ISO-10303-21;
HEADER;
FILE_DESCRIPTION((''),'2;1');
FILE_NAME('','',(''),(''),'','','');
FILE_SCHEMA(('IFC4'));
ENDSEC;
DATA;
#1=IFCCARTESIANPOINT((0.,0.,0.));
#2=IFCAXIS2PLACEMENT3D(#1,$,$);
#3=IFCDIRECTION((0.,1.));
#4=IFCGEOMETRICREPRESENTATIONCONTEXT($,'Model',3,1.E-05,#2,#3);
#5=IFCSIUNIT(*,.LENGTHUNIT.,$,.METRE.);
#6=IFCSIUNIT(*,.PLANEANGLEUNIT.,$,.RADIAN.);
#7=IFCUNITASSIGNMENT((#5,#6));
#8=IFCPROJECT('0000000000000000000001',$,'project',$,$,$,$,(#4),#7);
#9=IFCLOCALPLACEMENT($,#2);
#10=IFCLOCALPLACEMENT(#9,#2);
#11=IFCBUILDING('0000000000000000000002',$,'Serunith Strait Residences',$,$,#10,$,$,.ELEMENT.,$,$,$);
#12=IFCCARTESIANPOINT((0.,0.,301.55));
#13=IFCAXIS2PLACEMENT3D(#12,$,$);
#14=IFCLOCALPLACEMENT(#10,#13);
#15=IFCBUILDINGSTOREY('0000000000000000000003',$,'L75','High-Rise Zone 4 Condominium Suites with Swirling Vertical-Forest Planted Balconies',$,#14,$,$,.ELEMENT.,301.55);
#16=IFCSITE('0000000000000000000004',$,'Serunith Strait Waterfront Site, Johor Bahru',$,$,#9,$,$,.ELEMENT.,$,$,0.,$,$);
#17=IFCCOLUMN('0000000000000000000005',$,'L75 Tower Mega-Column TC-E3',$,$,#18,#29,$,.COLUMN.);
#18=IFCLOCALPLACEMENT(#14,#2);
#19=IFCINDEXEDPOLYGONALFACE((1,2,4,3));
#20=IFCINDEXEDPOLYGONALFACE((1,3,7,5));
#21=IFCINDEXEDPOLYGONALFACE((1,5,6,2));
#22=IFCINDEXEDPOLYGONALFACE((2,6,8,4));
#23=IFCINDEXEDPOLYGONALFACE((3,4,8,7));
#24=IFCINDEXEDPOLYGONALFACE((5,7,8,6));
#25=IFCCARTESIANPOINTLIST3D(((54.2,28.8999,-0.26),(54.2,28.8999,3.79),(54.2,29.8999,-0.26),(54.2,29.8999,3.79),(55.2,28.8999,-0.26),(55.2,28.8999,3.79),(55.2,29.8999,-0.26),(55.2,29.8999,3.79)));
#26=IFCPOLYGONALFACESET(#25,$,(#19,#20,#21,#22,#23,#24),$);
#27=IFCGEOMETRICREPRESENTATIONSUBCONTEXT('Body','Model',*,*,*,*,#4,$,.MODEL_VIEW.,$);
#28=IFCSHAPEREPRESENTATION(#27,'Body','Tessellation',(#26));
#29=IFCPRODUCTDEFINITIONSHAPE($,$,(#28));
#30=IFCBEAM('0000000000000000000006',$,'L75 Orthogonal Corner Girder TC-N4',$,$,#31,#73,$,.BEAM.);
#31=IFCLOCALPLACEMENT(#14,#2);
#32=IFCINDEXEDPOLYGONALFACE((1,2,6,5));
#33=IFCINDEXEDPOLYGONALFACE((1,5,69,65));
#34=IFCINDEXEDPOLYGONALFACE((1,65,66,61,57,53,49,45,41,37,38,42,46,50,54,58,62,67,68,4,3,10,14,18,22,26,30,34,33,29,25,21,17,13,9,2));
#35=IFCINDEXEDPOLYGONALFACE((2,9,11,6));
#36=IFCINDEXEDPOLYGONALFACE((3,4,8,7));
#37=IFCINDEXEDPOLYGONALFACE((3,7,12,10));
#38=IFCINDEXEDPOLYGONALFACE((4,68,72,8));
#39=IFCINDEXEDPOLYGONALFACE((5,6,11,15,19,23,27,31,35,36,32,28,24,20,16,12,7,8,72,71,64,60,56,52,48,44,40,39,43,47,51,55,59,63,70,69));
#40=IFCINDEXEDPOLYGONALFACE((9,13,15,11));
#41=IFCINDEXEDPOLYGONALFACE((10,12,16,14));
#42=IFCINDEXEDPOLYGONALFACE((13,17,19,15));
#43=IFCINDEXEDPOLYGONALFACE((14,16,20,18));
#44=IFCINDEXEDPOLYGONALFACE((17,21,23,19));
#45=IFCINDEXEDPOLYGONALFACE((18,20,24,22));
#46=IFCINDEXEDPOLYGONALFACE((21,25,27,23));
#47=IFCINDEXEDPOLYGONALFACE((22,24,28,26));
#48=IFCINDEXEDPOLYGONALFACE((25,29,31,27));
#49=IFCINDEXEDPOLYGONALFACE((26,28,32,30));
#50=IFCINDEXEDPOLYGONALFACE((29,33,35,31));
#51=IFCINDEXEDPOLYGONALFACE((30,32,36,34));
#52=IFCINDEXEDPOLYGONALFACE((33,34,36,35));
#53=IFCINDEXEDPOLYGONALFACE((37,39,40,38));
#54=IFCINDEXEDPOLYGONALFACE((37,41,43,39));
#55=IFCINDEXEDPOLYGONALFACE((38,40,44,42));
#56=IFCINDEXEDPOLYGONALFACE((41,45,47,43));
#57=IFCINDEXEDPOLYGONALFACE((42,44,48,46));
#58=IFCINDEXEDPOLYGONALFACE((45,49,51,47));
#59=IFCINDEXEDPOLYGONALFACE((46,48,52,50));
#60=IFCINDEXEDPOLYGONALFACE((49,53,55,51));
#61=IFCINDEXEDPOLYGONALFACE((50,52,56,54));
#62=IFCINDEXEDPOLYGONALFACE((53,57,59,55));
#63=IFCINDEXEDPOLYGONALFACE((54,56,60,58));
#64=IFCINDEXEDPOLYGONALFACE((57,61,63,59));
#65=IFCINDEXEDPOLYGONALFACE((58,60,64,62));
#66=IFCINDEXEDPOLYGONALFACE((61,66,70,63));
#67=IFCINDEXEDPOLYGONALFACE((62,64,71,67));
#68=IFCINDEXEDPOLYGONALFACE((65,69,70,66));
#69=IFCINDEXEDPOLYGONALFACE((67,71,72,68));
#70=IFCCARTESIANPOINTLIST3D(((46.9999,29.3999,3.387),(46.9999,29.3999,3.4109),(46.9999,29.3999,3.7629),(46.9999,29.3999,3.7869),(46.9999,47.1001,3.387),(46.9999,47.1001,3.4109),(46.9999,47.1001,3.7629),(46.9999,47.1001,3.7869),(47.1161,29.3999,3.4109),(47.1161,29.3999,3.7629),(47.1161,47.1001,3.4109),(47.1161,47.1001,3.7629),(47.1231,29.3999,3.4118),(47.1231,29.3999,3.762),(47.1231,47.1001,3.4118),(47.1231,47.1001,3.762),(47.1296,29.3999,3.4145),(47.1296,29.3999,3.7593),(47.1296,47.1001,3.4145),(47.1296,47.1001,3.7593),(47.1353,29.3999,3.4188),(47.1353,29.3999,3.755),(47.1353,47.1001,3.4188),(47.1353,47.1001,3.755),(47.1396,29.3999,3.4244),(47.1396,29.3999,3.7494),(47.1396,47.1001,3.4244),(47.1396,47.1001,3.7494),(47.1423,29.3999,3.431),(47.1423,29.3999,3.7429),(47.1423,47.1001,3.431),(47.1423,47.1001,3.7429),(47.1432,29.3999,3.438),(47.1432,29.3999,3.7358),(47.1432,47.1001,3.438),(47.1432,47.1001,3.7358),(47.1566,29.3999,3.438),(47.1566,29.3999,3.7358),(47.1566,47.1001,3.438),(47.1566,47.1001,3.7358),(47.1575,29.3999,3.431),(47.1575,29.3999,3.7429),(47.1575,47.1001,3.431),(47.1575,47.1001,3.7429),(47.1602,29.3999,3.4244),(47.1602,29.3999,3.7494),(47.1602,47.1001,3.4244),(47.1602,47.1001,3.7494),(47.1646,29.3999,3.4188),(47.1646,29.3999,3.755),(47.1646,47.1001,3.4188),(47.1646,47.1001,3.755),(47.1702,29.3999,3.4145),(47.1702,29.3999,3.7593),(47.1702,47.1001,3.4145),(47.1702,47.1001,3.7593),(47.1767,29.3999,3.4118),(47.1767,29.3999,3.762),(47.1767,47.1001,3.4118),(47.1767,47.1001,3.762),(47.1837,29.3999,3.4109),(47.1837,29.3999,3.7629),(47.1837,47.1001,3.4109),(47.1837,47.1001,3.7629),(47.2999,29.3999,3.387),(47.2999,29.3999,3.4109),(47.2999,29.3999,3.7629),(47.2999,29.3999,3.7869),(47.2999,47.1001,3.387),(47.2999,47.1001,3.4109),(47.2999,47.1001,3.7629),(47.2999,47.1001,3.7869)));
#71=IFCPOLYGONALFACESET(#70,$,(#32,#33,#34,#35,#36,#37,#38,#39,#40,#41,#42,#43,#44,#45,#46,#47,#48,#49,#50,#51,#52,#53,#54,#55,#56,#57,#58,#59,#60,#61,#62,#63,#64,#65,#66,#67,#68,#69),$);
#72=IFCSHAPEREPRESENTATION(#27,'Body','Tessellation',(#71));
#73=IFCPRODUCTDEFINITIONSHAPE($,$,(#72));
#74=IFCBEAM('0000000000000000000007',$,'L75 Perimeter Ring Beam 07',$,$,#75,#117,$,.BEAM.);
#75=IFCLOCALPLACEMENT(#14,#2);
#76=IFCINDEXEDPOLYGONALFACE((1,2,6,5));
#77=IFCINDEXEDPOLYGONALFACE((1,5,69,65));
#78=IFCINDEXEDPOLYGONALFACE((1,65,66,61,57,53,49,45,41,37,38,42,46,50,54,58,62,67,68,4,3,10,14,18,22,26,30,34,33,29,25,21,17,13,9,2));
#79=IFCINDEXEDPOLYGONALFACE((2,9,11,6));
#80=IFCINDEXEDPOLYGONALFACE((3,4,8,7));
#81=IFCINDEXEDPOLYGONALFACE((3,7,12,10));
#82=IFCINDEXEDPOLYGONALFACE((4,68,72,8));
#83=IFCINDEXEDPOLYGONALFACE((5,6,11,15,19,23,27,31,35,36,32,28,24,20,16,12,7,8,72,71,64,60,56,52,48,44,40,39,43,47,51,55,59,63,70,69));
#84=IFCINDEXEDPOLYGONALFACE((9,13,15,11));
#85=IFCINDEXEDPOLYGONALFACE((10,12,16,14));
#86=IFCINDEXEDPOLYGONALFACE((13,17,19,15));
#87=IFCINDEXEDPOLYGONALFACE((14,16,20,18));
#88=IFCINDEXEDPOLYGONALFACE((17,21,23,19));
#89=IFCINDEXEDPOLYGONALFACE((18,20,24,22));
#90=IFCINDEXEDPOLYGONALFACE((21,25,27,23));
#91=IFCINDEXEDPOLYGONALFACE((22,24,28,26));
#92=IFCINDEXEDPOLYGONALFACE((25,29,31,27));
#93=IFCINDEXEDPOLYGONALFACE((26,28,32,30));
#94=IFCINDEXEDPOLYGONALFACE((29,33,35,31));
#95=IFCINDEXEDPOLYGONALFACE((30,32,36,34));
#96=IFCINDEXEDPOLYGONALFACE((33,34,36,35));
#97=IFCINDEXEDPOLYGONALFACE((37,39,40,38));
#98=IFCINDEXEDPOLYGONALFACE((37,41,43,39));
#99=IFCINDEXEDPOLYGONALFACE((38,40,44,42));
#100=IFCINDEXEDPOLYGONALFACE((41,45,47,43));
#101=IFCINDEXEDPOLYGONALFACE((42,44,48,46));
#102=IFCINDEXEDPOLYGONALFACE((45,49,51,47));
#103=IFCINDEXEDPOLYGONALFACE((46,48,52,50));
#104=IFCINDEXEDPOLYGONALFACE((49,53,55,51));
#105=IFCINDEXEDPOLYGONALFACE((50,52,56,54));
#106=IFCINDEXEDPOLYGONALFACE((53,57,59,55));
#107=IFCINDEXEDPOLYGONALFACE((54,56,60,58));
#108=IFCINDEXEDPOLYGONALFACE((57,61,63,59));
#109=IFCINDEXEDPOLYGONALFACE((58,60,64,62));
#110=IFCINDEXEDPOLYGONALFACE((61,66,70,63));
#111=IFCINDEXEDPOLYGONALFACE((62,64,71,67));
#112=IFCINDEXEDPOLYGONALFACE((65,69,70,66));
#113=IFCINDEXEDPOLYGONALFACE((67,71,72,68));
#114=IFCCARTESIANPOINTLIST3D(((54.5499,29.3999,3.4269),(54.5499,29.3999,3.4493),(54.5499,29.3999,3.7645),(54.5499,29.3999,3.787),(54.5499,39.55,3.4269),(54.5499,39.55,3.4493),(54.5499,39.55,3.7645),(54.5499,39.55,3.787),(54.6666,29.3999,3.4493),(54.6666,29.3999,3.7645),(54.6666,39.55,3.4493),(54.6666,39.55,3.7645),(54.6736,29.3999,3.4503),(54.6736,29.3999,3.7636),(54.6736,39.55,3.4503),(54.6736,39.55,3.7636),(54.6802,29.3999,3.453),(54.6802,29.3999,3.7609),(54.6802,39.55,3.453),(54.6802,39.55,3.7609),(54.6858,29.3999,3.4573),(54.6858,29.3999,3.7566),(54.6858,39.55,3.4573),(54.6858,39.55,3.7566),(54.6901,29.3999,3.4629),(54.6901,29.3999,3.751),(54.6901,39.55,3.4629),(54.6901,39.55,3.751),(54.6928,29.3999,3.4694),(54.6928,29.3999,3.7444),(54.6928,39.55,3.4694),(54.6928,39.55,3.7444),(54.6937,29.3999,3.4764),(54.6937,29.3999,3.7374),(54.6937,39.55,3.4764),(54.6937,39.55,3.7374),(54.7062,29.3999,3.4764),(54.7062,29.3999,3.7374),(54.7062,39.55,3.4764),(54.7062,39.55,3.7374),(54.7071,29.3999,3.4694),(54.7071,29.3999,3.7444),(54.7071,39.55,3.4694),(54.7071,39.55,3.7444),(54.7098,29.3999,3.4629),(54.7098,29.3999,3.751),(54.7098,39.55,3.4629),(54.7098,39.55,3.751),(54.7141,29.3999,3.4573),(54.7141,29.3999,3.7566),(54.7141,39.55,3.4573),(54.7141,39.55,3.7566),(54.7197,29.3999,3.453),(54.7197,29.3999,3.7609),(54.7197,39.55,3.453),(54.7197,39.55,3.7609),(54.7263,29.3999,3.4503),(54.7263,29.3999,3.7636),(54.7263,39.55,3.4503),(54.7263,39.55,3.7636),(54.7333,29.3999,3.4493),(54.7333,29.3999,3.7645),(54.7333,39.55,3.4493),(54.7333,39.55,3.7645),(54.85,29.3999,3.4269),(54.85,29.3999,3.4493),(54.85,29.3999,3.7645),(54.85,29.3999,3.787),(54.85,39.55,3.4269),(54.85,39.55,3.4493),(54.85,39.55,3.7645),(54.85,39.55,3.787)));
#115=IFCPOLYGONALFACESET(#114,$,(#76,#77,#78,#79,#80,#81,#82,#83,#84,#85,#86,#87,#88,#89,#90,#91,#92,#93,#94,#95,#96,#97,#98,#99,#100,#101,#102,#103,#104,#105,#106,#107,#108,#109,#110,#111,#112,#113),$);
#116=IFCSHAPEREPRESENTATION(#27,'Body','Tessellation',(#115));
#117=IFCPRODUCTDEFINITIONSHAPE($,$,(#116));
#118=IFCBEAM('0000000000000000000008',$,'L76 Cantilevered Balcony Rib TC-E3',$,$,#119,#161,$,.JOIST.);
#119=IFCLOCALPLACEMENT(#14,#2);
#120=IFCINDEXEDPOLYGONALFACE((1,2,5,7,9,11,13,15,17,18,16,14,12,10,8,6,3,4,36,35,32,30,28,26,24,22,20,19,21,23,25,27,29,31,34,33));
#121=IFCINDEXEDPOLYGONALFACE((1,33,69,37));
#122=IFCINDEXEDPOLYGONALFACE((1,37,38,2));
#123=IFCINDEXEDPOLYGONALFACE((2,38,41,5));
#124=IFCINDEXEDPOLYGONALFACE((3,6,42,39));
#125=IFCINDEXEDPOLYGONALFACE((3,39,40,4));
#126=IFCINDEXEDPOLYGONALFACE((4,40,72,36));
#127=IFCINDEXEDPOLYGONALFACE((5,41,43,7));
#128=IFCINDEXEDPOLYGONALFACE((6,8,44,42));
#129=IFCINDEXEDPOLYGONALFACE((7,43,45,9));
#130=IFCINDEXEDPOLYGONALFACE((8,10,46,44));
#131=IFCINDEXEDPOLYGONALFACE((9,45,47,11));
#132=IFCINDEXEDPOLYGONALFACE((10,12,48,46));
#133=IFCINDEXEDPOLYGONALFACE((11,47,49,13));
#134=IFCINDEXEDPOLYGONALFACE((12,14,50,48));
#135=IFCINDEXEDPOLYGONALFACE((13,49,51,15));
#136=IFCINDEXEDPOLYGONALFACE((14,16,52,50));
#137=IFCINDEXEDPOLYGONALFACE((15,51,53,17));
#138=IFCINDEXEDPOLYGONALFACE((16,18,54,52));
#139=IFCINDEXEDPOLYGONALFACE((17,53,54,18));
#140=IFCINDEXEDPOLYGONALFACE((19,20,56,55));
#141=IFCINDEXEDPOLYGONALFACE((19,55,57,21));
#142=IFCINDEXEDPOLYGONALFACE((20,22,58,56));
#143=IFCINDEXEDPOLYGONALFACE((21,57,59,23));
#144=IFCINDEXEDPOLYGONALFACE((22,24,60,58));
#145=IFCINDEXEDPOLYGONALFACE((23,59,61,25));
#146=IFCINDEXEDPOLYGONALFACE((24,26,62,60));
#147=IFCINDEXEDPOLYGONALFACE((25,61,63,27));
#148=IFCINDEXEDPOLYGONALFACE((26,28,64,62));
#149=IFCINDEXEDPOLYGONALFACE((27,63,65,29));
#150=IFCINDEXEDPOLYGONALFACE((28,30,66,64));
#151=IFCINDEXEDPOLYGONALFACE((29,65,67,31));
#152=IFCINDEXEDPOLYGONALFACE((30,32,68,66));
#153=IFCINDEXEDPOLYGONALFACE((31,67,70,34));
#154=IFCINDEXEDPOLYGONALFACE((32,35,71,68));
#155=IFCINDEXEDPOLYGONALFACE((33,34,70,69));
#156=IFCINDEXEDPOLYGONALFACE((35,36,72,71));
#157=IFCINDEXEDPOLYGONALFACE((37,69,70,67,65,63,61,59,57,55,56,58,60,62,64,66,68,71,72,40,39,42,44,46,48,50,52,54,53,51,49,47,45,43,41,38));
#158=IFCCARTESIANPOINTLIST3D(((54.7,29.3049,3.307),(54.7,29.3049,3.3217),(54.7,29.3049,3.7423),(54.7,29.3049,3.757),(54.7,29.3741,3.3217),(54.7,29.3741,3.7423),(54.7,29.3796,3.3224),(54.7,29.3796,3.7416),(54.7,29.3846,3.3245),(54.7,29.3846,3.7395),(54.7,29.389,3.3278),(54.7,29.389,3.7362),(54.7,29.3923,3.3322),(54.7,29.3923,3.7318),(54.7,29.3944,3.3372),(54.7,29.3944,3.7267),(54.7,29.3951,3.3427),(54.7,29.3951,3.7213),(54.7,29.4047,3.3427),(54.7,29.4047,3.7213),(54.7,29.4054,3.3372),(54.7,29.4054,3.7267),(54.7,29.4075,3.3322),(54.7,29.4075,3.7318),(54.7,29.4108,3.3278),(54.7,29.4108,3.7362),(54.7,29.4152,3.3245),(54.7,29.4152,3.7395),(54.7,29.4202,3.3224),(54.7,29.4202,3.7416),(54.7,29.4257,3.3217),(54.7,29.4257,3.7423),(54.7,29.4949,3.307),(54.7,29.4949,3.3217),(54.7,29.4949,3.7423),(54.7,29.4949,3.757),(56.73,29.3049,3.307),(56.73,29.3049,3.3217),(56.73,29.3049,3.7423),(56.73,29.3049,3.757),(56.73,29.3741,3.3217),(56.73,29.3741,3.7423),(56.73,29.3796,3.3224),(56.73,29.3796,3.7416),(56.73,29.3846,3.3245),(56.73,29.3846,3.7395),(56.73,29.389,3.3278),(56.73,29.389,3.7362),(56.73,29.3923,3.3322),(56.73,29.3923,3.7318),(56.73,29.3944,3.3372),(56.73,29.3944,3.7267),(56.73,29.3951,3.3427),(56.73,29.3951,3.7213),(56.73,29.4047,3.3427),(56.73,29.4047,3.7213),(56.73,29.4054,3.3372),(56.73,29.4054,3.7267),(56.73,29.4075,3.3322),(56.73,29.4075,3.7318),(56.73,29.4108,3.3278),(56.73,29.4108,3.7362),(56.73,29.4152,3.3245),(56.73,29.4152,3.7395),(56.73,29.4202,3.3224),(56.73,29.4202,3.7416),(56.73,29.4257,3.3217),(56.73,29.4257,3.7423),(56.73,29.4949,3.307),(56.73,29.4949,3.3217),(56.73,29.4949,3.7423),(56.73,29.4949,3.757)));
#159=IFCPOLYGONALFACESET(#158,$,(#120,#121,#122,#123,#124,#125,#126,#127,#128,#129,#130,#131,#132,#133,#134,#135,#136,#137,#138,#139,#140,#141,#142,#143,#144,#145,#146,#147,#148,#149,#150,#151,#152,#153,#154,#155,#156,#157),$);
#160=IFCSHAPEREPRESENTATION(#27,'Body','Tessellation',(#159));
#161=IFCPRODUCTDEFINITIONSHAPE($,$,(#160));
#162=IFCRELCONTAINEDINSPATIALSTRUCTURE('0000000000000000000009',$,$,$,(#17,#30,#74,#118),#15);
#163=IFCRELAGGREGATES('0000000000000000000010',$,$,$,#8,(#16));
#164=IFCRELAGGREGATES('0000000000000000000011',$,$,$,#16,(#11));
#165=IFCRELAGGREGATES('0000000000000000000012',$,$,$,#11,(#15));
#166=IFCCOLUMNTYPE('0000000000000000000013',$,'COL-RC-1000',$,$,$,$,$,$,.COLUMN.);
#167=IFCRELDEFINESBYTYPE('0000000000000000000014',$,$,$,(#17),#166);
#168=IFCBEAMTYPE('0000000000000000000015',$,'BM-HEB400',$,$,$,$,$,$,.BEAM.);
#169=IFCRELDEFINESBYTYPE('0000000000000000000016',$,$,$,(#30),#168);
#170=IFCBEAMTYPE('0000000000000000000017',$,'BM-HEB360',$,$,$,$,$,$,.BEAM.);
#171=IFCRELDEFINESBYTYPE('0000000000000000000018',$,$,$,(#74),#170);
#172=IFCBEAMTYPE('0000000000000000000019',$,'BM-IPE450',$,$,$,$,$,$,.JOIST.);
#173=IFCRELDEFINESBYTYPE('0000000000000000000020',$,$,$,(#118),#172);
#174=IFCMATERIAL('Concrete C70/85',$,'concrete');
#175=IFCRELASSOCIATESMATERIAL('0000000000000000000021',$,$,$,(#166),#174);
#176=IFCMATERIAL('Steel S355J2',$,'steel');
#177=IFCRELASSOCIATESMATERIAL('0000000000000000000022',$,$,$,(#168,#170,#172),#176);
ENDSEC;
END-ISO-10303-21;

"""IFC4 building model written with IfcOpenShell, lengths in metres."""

from ifc_helpers import new_model, si_unit, direction, frame, origin, origin_2d, place, context, subcontext, project, spatial, rectangle, i_section, extrude, source, transform, mapped, material, material_profile, profile_set, type_object, element, save


model = new_model("IFC4")

# Units and contexts
model_context = context("Model", 3, precision=1e-05, world=origin(), true_north=direction((0.0, 1.0)))
body_context = subcontext(model_context, "Body", "Model", "MODEL_VIEW")
ifc_project = project(units=[si_unit("LENGTHUNIT", "METRE"), si_unit("PLANEANGLEUNIT", "RADIAN")], contexts=[model_context])

# Site, building, storey
site_placement = place(None, origin())
site = spatial("IfcSite", under=ifc_project, at=site_placement, Name="Serunith Strait Waterfront Site, Johor Bahru", CompositionType="ELEMENT", RefElevation=0.0)
building_placement = place(site_placement, origin())
building = spatial("IfcBuilding", under=site, at=building_placement, Name="Serunith Strait Residences", CompositionType="ELEMENT")
storey_placement = place(building_placement, frame((0.0, 0.0, 301.55)))
storey = spatial("IfcBuildingStorey", under=building, at=storey_placement, Name="L75", Description="High-Rise Zone 4 Condominium Suites with Swirling Vertical-Forest Planted Balconies", CompositionType="ELEMENT", Elevation=301.55)

# Column
ifc_material_1 = material(Name="Concrete C70/85", Category="concrete")
ifc_material_profile_1 = material_profile(ifc_material_1, rectangle(XDim=1.0, YDim=1.0, at=origin_2d()), Name="RC 1000x1000")
ifc_profile_set_1 = profile_set([ifc_material_profile_1], Name="Concrete C70/85")
column_type = type_object("IfcColumnType", Name="COL-RC-1000", PredefinedType="COLUMN", material=ifc_profile_set_1)
shared_shape_1 = source(origin(), body_context, "Body", "SweptSolid", [
    extrude(rectangle(XDim=1.0, YDim=1.0, at=origin_2d()), origin(), (0.0, 0.0, 1.0), 4.05),
])
column_placement = place(storey_placement, frame((54.7, 29.3999, -0.26), z_axis=(0.0, 0.0, 1.0), x_axis=(1.0, 0.0, 0.0)))
element("IfcColumn", 1, at=column_placement, inside=storey, type_object=column_type, Name="L75 Tower Mega-Column TC-E3", PredefinedType="COLUMN", context=body_context, shape_type="MappedRepresentation", body=[
    mapped(shared_shape_1, transform((0.0, 0.0, 0.0), scale=1.0)),
])

# Beams
ifc_material_2 = material(Name="Steel S355J2", Category="steel")
ifc_material_profile_2 = material_profile(ifc_material_2, i_section(OverallWidth=0.3, OverallDepth=0.3999, WebThickness=0.0134, FlangeThickness=0.0239, FilletRadius=0.0271, at=origin_2d()), Name="HEB 400")
ifc_profile_set_2 = profile_set([ifc_material_profile_2], Name="Steel S355J2")
beam_type_1 = type_object("IfcBeamType", Name="BM-HEB400", PredefinedType="BEAM", material=ifc_profile_set_2)
shared_shape_2 = source(origin(), body_context, "Body", "SweptSolid", [
    extrude(i_section(OverallWidth=0.3, OverallDepth=0.3999, WebThickness=0.0134, FlangeThickness=0.0239, FilletRadius=0.0271, at=origin_2d()), origin(), (0.0, 0.0, 1.0), 17.7002),
])
beam_1_placement = place(storey_placement, frame((47.1499, 29.3999, 3.5869), z_axis=(0.0, 1.0, 0.0), x_axis=(-1.0, 0.0, 0.0)))
element("IfcBeam", 2, at=beam_1_placement, inside=storey, type_object=beam_type_1, Name="L75 Orthogonal Corner Girder TC-N4", PredefinedType="BEAM", context=body_context, shape_type="MappedRepresentation", body=[
    mapped(shared_shape_2, transform((0.0, 0.0, 0.0), scale=1.0)),
])
ifc_material_profile_3 = material_profile(ifc_material_2, i_section(OverallWidth=0.3, OverallDepth=0.3601, WebThickness=0.0125, FlangeThickness=0.0225, FilletRadius=0.0271, at=origin_2d()), Name="HEB 360")
ifc_profile_set_3 = profile_set([ifc_material_profile_3], Name="Steel S355J2")
beam_type_2 = type_object("IfcBeamType", Name="BM-HEB360", PredefinedType="BEAM", material=ifc_profile_set_3)
shared_shape_3 = source(origin(), body_context, "Body", "SweptSolid", [
    extrude(i_section(OverallWidth=0.3, OverallDepth=0.3601, WebThickness=0.0125, FlangeThickness=0.0225, FilletRadius=0.0271, at=origin_2d()), origin(), (0.0, 0.0, 1.0), 10.1501),
])
beam_2_placement = place(storey_placement, frame((54.7, 29.3999, 3.6069), z_axis=(0.0, 1.0, 0.0), x_axis=(-1.0, 0.0, 0.0)))
element("IfcBeam", 3, at=beam_2_placement, inside=storey, type_object=beam_type_2, Name="L75 Perimeter Ring Beam 07", PredefinedType="BEAM", context=body_context, shape_type="MappedRepresentation", body=[
    mapped(shared_shape_3, transform((0.0, 0.0, 0.0), scale=1.0)),
])
ifc_material_profile_4 = material_profile(ifc_material_2, i_section(OverallWidth=0.1899, OverallDepth=0.45, WebThickness=0.0095, FlangeThickness=0.0146, FilletRadius=0.021, at=origin_2d()), Name="IPE 450")
ifc_profile_set_4 = profile_set([ifc_material_profile_4], Name="Steel S355J2")
beam_type_3 = type_object("IfcBeamType", Name="BM-IPE450", PredefinedType="JOIST", material=ifc_profile_set_4)
shared_shape_4 = source(origin(), body_context, "Body", "SweptSolid", [
    extrude(i_section(OverallWidth=0.1899, OverallDepth=0.45, WebThickness=0.0095, FlangeThickness=0.0146, FilletRadius=0.021, at=origin_2d()), origin(), (0.0, 0.0, 1.0), 2.03),
])
beam_3_placement = place(storey_placement, frame((54.7, 29.3999, 3.532), z_axis=(1.0, 0.0, 0.0), x_axis=(0.0, 1.0, 0.0)))
element("IfcBeam", 4, at=beam_3_placement, inside=storey, type_object=beam_type_3, Name="L76 Cantilevered Balcony Rib TC-E3", PredefinedType="JOIST", context=body_context, shape_type="MappedRepresentation", body=[
    mapped(shared_shape_4, transform((0.0, 0.0, 0.0), scale=1.0)),
])

save(model, "model.ifc")
